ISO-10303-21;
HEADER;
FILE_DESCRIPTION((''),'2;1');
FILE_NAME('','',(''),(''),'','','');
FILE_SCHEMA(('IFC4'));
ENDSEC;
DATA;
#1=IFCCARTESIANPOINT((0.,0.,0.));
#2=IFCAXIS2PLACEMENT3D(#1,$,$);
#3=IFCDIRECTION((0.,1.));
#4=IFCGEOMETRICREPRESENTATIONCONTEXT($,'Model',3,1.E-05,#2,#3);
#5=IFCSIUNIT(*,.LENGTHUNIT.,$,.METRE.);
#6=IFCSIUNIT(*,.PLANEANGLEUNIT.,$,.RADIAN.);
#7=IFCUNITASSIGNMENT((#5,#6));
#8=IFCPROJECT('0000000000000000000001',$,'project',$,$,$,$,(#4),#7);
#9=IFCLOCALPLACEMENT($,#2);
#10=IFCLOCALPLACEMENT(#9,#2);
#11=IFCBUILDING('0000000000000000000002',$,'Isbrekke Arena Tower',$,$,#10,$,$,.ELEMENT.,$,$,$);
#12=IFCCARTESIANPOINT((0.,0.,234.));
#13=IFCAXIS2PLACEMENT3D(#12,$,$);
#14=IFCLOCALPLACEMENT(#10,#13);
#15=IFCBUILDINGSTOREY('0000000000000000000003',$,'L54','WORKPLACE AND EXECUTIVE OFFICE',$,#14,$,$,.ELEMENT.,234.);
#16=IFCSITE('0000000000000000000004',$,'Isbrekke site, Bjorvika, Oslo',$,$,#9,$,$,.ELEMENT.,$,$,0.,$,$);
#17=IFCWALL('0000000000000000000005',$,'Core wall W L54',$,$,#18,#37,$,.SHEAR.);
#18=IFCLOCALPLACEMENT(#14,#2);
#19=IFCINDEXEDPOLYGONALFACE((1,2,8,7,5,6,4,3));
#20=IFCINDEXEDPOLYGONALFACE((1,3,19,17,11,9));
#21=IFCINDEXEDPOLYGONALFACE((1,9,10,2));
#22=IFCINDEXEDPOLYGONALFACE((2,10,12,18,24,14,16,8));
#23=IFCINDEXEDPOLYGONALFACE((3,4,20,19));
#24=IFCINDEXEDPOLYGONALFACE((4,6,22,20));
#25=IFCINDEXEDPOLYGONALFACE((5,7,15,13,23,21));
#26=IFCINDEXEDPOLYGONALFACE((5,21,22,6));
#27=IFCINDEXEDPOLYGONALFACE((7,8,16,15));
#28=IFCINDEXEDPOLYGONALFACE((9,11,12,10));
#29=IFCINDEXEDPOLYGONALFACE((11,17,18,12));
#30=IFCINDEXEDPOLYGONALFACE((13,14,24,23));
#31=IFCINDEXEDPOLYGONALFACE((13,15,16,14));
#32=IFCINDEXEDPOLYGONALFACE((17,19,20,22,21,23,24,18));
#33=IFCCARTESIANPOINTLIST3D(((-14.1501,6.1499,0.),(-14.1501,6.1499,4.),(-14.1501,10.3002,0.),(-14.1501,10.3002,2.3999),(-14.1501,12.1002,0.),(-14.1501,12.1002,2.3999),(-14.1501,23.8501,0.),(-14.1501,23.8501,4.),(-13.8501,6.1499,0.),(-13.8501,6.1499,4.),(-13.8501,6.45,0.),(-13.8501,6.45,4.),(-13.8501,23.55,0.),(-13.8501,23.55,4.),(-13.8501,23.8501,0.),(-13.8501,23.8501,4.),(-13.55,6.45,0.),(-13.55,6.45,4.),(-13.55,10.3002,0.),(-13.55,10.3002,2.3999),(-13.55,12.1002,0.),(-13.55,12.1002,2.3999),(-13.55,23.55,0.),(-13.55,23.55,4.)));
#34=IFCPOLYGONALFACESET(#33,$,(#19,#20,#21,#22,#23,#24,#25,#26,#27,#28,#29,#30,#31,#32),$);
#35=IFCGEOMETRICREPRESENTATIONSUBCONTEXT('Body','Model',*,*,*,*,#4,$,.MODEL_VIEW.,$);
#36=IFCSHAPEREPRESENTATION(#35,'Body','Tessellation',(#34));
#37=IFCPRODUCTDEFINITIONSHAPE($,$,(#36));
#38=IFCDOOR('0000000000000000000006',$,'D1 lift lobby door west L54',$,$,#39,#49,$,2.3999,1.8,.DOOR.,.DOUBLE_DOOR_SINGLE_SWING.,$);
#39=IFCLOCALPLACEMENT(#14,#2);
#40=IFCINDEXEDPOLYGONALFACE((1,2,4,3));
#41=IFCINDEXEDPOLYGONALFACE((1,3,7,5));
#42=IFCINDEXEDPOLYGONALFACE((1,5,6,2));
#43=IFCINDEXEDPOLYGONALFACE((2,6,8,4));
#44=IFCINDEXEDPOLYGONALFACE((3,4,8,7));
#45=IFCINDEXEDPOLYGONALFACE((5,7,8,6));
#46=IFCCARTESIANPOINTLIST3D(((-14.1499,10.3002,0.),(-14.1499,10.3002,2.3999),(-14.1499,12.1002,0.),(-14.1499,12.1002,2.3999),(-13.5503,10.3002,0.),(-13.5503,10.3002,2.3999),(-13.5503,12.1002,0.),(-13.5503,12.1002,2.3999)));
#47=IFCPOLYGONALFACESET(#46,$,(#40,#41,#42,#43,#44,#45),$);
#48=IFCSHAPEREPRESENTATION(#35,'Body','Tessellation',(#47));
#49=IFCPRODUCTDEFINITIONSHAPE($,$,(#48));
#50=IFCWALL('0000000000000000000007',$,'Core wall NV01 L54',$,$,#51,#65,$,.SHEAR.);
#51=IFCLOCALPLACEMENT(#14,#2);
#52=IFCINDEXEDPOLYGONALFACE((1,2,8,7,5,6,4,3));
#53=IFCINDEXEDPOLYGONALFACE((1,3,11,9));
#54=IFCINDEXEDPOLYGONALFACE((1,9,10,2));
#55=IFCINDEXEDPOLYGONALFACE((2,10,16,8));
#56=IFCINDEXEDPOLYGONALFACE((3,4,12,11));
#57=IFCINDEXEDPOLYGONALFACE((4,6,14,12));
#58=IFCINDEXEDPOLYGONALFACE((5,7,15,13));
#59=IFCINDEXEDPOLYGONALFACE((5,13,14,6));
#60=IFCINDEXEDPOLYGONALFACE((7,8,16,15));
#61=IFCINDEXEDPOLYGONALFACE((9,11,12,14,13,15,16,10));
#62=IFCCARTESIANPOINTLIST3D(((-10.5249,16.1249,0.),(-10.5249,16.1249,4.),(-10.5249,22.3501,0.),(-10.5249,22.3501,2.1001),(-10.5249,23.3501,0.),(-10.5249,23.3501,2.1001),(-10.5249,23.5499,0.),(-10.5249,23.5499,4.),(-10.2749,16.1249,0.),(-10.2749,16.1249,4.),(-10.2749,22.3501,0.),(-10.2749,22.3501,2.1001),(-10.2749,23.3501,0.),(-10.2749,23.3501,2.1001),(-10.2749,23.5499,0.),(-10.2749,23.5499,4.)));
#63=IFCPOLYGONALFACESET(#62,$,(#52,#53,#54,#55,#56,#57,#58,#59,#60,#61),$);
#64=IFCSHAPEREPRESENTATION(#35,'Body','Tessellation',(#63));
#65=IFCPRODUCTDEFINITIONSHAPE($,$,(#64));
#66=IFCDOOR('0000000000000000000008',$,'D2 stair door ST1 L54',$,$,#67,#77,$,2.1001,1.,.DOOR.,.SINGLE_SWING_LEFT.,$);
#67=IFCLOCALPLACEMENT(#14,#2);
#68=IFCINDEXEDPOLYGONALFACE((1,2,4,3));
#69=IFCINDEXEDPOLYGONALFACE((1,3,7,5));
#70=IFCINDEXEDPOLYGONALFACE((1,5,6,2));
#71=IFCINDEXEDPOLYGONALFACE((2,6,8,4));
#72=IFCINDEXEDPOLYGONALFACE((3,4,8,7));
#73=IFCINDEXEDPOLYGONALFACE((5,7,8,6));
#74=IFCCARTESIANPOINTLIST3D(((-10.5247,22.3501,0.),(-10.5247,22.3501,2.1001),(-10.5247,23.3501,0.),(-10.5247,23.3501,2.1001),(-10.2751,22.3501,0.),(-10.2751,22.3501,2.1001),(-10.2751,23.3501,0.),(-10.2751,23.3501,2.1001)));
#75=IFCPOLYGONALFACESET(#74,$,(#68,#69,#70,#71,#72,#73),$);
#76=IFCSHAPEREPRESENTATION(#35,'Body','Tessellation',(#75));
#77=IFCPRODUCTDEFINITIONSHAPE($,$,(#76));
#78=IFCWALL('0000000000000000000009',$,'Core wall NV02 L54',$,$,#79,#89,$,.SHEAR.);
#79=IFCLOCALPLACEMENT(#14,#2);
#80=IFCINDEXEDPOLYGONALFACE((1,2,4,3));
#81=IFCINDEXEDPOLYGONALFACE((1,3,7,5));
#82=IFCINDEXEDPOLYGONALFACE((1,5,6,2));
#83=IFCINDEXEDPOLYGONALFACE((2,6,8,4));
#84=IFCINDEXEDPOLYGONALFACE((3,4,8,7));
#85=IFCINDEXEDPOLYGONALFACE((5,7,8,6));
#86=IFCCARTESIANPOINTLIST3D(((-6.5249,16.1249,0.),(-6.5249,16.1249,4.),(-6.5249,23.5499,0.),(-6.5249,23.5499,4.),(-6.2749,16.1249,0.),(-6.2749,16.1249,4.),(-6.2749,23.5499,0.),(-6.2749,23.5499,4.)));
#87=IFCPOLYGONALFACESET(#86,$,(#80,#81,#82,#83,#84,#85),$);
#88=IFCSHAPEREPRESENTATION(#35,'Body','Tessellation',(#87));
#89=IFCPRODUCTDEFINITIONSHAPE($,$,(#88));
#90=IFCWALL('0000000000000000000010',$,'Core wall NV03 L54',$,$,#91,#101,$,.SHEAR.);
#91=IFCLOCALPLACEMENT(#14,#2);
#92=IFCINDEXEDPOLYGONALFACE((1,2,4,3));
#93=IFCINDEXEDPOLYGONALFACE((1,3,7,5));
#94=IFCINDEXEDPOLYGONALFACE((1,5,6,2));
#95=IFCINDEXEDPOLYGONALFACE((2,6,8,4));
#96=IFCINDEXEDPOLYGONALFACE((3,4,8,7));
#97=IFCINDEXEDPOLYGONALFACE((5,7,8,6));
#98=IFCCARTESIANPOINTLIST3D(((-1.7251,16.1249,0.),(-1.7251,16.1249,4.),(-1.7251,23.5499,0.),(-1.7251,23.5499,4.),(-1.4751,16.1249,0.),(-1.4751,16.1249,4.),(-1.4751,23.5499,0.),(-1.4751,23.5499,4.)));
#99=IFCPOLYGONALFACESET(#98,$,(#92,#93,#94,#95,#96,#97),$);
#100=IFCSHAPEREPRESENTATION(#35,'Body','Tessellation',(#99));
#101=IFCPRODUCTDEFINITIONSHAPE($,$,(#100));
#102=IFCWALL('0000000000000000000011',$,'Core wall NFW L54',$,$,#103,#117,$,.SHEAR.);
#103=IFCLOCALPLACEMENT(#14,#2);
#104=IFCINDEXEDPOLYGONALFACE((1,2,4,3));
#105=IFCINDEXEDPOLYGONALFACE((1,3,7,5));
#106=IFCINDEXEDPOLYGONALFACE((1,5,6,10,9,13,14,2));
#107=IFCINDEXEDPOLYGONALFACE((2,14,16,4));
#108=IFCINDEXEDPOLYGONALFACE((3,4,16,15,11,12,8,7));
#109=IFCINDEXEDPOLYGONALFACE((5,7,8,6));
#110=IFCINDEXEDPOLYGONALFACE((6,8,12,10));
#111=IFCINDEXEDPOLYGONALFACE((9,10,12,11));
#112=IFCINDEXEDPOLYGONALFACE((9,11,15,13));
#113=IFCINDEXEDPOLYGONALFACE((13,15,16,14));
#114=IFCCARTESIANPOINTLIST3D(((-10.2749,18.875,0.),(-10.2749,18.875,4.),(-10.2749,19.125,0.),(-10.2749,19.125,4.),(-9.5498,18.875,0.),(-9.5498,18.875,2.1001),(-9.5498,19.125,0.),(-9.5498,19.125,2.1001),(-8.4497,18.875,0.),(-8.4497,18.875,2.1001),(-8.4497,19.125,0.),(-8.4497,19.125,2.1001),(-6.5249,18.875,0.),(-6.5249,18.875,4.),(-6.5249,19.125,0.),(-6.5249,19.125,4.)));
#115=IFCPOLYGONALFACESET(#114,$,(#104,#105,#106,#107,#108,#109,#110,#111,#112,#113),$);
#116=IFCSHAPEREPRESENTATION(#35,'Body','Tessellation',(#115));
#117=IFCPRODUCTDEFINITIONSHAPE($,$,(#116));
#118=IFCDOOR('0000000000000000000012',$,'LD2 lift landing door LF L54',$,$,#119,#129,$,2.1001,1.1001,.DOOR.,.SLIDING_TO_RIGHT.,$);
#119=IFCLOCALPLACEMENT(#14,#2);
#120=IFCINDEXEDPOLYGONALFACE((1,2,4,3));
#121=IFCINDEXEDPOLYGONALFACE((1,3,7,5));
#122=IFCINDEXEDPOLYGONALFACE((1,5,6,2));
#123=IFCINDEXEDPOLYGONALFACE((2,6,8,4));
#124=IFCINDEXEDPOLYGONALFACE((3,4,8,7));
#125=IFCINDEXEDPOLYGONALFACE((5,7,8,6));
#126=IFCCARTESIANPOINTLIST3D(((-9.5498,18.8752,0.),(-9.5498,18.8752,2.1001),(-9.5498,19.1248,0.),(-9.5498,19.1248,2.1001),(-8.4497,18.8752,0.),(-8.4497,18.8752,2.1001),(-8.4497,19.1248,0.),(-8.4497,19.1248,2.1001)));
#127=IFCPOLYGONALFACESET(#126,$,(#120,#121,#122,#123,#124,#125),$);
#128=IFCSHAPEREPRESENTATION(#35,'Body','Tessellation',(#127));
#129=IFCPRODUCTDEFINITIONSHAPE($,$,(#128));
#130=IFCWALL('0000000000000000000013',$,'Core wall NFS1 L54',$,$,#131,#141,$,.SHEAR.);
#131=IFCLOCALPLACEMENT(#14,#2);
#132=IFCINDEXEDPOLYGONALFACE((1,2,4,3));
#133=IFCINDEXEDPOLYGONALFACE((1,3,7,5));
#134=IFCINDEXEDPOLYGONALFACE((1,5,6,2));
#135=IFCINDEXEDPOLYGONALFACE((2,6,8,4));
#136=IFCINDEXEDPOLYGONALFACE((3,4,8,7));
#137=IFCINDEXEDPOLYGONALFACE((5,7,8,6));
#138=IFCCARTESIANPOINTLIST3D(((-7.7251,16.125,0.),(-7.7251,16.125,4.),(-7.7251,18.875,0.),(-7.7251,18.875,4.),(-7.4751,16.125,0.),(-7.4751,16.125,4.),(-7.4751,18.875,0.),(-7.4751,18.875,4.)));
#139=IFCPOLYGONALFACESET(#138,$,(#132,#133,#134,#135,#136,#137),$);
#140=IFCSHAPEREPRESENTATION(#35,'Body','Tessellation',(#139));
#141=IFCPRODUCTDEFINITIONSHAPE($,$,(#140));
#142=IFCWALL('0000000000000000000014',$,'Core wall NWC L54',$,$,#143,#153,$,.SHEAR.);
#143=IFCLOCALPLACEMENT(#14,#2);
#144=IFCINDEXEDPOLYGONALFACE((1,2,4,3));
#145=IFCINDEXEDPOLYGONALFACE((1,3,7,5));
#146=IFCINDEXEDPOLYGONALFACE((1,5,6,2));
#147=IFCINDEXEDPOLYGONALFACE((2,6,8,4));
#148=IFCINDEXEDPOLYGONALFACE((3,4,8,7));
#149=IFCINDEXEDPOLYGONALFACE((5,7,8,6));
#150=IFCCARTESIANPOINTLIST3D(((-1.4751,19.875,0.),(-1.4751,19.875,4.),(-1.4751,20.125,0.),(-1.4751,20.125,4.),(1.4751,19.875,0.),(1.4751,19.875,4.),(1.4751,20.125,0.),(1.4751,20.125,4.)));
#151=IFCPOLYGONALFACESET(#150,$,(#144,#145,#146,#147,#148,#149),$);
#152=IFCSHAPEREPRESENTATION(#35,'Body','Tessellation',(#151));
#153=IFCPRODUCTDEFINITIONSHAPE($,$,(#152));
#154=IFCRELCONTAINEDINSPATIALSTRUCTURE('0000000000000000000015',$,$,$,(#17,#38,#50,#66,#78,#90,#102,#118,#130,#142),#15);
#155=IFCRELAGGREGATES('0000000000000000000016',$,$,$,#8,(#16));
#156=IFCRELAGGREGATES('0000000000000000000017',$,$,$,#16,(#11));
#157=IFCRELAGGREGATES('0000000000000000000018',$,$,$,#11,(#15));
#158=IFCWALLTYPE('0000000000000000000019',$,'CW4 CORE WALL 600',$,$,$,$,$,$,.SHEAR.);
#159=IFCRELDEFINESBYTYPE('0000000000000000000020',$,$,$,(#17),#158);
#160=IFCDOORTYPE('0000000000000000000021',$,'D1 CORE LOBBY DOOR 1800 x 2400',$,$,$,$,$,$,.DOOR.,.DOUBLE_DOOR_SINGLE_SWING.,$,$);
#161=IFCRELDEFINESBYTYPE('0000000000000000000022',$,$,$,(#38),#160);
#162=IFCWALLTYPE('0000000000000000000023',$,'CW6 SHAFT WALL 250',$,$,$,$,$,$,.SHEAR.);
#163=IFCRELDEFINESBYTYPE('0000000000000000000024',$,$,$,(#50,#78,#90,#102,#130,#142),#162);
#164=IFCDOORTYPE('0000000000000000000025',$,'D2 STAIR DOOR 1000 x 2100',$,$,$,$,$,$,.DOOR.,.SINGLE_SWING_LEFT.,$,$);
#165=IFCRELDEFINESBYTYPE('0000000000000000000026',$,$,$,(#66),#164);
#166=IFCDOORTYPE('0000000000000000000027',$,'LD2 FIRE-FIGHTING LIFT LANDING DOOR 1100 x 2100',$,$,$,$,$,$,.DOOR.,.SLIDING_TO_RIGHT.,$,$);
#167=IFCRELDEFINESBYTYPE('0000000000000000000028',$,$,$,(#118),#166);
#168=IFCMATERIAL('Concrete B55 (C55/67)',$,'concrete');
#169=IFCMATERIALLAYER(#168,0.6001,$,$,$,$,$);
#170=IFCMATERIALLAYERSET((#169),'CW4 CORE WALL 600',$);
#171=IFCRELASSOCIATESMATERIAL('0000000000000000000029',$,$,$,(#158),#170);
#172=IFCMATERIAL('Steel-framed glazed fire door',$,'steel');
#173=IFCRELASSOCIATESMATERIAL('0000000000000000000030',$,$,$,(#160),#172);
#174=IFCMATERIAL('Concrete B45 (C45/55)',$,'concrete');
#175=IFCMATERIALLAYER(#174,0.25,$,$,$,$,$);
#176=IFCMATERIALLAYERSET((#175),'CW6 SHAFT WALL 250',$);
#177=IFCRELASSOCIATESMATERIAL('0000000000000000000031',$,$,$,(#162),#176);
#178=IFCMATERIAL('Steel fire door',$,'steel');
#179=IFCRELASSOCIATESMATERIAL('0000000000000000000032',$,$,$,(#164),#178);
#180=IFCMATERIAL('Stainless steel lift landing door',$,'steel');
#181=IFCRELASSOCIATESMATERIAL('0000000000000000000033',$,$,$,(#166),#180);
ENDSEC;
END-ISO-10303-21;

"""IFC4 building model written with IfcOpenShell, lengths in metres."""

from ifc_helpers import new_model, si_unit, direction, frame, frame_2d, origin, place, context, subcontext, project, spatial, polyline, rectangle, outline, extrude, material, layer, layer_set, type_object, element, fill, save


model = new_model("IFC4")

# Units and contexts
model_context = context("Model", 3, precision=1e-05, world=origin(), true_north=direction((0.0, 1.0)))
body_context = subcontext(model_context, "Body", "Model", "MODEL_VIEW")
ifc_project = project(units=[si_unit("LENGTHUNIT", "METRE"), si_unit("PLANEANGLEUNIT", "RADIAN")], contexts=[model_context])

# Site, building, storey
site_placement = place(None, origin())
site = spatial("IfcSite", under=ifc_project, at=site_placement, Name="Isbrekke site, Bjorvika, Oslo", CompositionType="ELEMENT", RefElevation=0.0)
building_placement = place(site_placement, origin())
building = spatial("IfcBuilding", under=site, at=building_placement, Name="Isbrekke Arena Tower", CompositionType="ELEMENT")
storey_placement = place(building_placement, frame((0.0, 0.0, 234.0)))
storey = spatial("IfcBuildingStorey", under=building, at=storey_placement, Name="L54", Description="WORKPLACE AND EXECUTIVE OFFICE", CompositionType="ELEMENT", Elevation=234.0)

# Walls, openings, doors
ifc_material_1 = material(Name="Concrete B55 (C55/67)", Category="concrete")
ifc_layer_1 = layer(ifc_material_1, 0.6001)
ifc_layer_set_1 = layer_set([ifc_layer_1], Name="CW4 CORE WALL 600")
wall_type_1 = type_object("IfcWallType", Name="CW4 CORE WALL 600", PredefinedType="SHEAR", material=ifc_layer_set_1)
wall_1_placement = place(storey_placement, frame((-13.8501, 23.8501, 0.0), z_axis=(0.0, 0.0, 1.0), x_axis=(0.0, -1.0, 0.0)))
wall_1 = element("IfcWall", 1, at=wall_1_placement, inside=storey, type_object=wall_type_1, Name="Core wall W L54", PredefinedType="SHEAR", context=body_context, shape_type="SweptSolid", body=[
    extrude(outline(polyline([(0.0, -0.3), (17.7002, -0.3), (17.7002, 0.0), (17.4001, 0.0), (17.4001, 0.3), (0.3, 0.3), (0.3, 0.0), (0.0, 0.0), (0.0, -0.3)])), origin(), (0.0, 0.0, 1.0), 4.0),
])
opening_1_placement = place(wall_1_placement, frame((11.75, 0.0, 0.0)))
opening_1 = element("IfcOpeningElement", 2, at=opening_1_placement, cuts=wall_1, PredefinedType="OPENING", context=body_context, shape_type="SweptSolid", body=[
    extrude(rectangle(XDim=1.8, YDim=2.3999, at=frame_2d((0.8999, 1.2))), frame((0.0, 0.3149, 0.0), z_axis=(0.0, -1.0, 0.0), x_axis=(1.0, 0.0, 0.0)), (0.0, 0.0, 1.0), 0.6299),
])
ifc_material_2 = material(Name="Steel-framed glazed fire door", Category="steel")
door_type_1 = type_object("IfcDoorType", Name="D1 CORE LOBBY DOOR 1800 x 2400", OperationType="DOUBLE_DOOR_SINGLE_SWING", PredefinedType="DOOR", material=ifc_material_2)
door_1_placement = place(opening_1_placement, origin())
door_1 = element("IfcDoor", 3, at=door_1_placement, inside=storey, type_object=door_type_1, Name="D1 lift lobby door west L54", OperationType="DOUBLE_DOOR_SINGLE_SWING", OverallHeight=2.3999, OverallWidth=1.8, PredefinedType="DOOR", context=body_context, shape_type="SweptSolid", body=[
    extrude(rectangle(XDim=1.8, YDim=2.3999, at=frame_2d((0.8999, 1.2))), frame((0.0, 0.2998, 0.0), z_axis=(0.0, -1.0, 0.0), x_axis=(1.0, 0.0, 0.0)), (0.0, 0.0, 1.0), 0.5996),
])
fill(opening_1, door_1)
ifc_material_3 = material(Name="Concrete B45 (C45/55)", Category="concrete")
ifc_layer_2 = layer(ifc_material_3, 0.25)
ifc_layer_set_2 = layer_set([ifc_layer_2], Name="CW6 SHAFT WALL 250")
wall_type_2 = type_object("IfcWallType", Name="CW6 SHAFT WALL 250", PredefinedType="SHEAR", material=ifc_layer_set_2)
wall_2_placement = place(storey_placement, frame((-10.3999, 16.125, 0.0), z_axis=(0.0, 0.0, 1.0), x_axis=(0.0, 1.0, 0.0)))
wall_2 = element("IfcWall", 4, at=wall_2_placement, inside=storey, type_object=wall_type_2, Name="Core wall NV01 L54", PredefinedType="SHEAR", context=body_context, shape_type="SweptSolid", body=[
    extrude(rectangle(XDim=7.425, YDim=0.25, at=frame_2d((3.7124, 0.0))), origin(), (0.0, 0.0, 1.0), 4.0),
])
opening_2_placement = place(wall_2_placement, frame((6.2251, 0.0, 0.0)))
opening_2 = element("IfcOpeningElement", 5, at=opening_2_placement, cuts=wall_2, PredefinedType="OPENING", context=body_context, shape_type="SweptSolid", body=[
    extrude(rectangle(XDim=1.0, YDim=2.1001, at=frame_2d((0.5, 1.05))), frame((0.0, 0.1399, 0.0), z_axis=(0.0, -1.0, 0.0), x_axis=(1.0, 0.0, 0.0)), (0.0, 0.0, 1.0), 0.2798),
])
ifc_material_4 = material(Name="Steel fire door", Category="steel")
door_type_2 = type_object("IfcDoorType", Name="D2 STAIR DOOR 1000 x 2100", OperationType="SINGLE_SWING_LEFT", PredefinedType="DOOR", material=ifc_material_4)
door_2_placement = place(opening_2_placement, origin())
door_2 = element("IfcDoor", 6, at=door_2_placement, inside=storey, type_object=door_type_2, Name="D2 stair door ST1 L54", OperationType="SINGLE_SWING_LEFT", OverallHeight=2.1001, OverallWidth=1.0, PredefinedType="DOOR", context=body_context, shape_type="SweptSolid", body=[
    extrude(rectangle(XDim=1.0, YDim=2.1001, at=frame_2d((0.5, 1.05))), frame((0.0, 0.1248, 0.0), z_axis=(0.0, -1.0, 0.0), x_axis=(1.0, 0.0, 0.0)), (0.0, 0.0, 1.0), 0.2495),
])
fill(opening_2, door_2)

# Walls
for number, where, z_axis, x_axis, name in (
    (7, (-6.3999, 16.125, 0.0), (0.0, 0.0, 1.0), (0.0, 1.0, 0.0), "Core wall NV02 L54"),
    (8, (-1.6001, 16.125, 0.0), (0.0, 0.0, 1.0), (0.0, 1.0, 0.0), "Core wall NV03 L54"),
):
    element("IfcWall", number, at=place(storey_placement, frame(where, z_axis=z_axis, x_axis=x_axis)), inside=storey, type_object=wall_type_2, Name=name, PredefinedType="SHEAR", context=body_context, shape_type="SweptSolid", body=[
        extrude(rectangle(XDim=7.425, YDim=0.25, at=frame_2d((3.7124, 0.0))), origin(), (0.0, 0.0, 1.0), 4.0),
    ])

# Wall, opening, door
wall_3_placement = place(storey_placement, frame((-10.2749, 19.0, 0.0), z_axis=(0.0, 0.0, 1.0), x_axis=(1.0, 0.0, 0.0)))
wall_3 = element("IfcWall", 9, at=wall_3_placement, inside=storey, type_object=wall_type_2, Name="Core wall NFW L54", PredefinedType="SHEAR", context=body_context, shape_type="SweptSolid", body=[
    extrude(rectangle(XDim=3.75, YDim=0.25, at=frame_2d((1.875, 0.0))), origin(), (0.0, 0.0, 1.0), 4.0),
])
opening_3_placement = place(wall_3_placement, frame((0.7251, 0.0, 0.0)))
opening_3 = element("IfcOpeningElement", 10, at=opening_3_placement, cuts=wall_3, PredefinedType="OPENING", context=body_context, shape_type="SweptSolid", body=[
    extrude(rectangle(XDim=1.1001, YDim=2.1001, at=frame_2d((0.55, 1.05))), frame((0.0, 0.1399, 0.0), z_axis=(0.0, -1.0, 0.0), x_axis=(1.0, 0.0, 0.0)), (0.0, 0.0, 1.0), 0.2798),
])
ifc_material_5 = material(Name="Stainless steel lift landing door", Category="steel")
door_type_3 = type_object("IfcDoorType", Name="LD2 FIRE-FIGHTING LIFT LANDING DOOR 1100 x 2100", OperationType="SLIDING_TO_RIGHT", PredefinedType="DOOR", material=ifc_material_5)
door_3_placement = place(opening_3_placement, origin())
door_3 = element("IfcDoor", 11, at=door_3_placement, inside=storey, type_object=door_type_3, Name="LD2 lift landing door LF L54", OperationType="SLIDING_TO_RIGHT", OverallHeight=2.1001, OverallWidth=1.1001, PredefinedType="DOOR", context=body_context, shape_type="SweptSolid", body=[
    extrude(rectangle(XDim=1.1001, YDim=2.1001, at=frame_2d((0.55, 1.05))), frame((0.0, 0.1248, 0.0), z_axis=(0.0, -1.0, 0.0), x_axis=(1.0, 0.0, 0.0)), (0.0, 0.0, 1.0), 0.2495),
])
fill(opening_3, door_3)

# Walls
wall_4_placement = place(storey_placement, frame((-7.6001, 16.125, 0.0), z_axis=(0.0, 0.0, 1.0), x_axis=(0.0, 1.0, 0.0)))
element("IfcWall", 12, at=wall_4_placement, inside=storey, type_object=wall_type_2, Name="Core wall NFS1 L54", PredefinedType="SHEAR", context=body_context, shape_type="SweptSolid", body=[
    extrude(rectangle(XDim=2.75, YDim=0.25, at=frame_2d((1.375, 0.0))), origin(), (0.0, 0.0, 1.0), 4.0),
])
wall_5_placement = place(storey_placement, frame((-1.4751, 20.0, 0.0), z_axis=(0.0, 0.0, 1.0), x_axis=(1.0, 0.0, 0.0)))
element("IfcWall", 13, at=wall_5_placement, inside=storey, type_object=wall_type_2, Name="Core wall NWC L54", PredefinedType="SHEAR", context=body_context, shape_type="SweptSolid", body=[
    extrude(rectangle(XDim=2.9502, YDim=0.25, at=frame_2d((1.4751, 0.0))), origin(), (0.0, 0.0, 1.0), 4.0),
])

save(model, "model.ifc")
